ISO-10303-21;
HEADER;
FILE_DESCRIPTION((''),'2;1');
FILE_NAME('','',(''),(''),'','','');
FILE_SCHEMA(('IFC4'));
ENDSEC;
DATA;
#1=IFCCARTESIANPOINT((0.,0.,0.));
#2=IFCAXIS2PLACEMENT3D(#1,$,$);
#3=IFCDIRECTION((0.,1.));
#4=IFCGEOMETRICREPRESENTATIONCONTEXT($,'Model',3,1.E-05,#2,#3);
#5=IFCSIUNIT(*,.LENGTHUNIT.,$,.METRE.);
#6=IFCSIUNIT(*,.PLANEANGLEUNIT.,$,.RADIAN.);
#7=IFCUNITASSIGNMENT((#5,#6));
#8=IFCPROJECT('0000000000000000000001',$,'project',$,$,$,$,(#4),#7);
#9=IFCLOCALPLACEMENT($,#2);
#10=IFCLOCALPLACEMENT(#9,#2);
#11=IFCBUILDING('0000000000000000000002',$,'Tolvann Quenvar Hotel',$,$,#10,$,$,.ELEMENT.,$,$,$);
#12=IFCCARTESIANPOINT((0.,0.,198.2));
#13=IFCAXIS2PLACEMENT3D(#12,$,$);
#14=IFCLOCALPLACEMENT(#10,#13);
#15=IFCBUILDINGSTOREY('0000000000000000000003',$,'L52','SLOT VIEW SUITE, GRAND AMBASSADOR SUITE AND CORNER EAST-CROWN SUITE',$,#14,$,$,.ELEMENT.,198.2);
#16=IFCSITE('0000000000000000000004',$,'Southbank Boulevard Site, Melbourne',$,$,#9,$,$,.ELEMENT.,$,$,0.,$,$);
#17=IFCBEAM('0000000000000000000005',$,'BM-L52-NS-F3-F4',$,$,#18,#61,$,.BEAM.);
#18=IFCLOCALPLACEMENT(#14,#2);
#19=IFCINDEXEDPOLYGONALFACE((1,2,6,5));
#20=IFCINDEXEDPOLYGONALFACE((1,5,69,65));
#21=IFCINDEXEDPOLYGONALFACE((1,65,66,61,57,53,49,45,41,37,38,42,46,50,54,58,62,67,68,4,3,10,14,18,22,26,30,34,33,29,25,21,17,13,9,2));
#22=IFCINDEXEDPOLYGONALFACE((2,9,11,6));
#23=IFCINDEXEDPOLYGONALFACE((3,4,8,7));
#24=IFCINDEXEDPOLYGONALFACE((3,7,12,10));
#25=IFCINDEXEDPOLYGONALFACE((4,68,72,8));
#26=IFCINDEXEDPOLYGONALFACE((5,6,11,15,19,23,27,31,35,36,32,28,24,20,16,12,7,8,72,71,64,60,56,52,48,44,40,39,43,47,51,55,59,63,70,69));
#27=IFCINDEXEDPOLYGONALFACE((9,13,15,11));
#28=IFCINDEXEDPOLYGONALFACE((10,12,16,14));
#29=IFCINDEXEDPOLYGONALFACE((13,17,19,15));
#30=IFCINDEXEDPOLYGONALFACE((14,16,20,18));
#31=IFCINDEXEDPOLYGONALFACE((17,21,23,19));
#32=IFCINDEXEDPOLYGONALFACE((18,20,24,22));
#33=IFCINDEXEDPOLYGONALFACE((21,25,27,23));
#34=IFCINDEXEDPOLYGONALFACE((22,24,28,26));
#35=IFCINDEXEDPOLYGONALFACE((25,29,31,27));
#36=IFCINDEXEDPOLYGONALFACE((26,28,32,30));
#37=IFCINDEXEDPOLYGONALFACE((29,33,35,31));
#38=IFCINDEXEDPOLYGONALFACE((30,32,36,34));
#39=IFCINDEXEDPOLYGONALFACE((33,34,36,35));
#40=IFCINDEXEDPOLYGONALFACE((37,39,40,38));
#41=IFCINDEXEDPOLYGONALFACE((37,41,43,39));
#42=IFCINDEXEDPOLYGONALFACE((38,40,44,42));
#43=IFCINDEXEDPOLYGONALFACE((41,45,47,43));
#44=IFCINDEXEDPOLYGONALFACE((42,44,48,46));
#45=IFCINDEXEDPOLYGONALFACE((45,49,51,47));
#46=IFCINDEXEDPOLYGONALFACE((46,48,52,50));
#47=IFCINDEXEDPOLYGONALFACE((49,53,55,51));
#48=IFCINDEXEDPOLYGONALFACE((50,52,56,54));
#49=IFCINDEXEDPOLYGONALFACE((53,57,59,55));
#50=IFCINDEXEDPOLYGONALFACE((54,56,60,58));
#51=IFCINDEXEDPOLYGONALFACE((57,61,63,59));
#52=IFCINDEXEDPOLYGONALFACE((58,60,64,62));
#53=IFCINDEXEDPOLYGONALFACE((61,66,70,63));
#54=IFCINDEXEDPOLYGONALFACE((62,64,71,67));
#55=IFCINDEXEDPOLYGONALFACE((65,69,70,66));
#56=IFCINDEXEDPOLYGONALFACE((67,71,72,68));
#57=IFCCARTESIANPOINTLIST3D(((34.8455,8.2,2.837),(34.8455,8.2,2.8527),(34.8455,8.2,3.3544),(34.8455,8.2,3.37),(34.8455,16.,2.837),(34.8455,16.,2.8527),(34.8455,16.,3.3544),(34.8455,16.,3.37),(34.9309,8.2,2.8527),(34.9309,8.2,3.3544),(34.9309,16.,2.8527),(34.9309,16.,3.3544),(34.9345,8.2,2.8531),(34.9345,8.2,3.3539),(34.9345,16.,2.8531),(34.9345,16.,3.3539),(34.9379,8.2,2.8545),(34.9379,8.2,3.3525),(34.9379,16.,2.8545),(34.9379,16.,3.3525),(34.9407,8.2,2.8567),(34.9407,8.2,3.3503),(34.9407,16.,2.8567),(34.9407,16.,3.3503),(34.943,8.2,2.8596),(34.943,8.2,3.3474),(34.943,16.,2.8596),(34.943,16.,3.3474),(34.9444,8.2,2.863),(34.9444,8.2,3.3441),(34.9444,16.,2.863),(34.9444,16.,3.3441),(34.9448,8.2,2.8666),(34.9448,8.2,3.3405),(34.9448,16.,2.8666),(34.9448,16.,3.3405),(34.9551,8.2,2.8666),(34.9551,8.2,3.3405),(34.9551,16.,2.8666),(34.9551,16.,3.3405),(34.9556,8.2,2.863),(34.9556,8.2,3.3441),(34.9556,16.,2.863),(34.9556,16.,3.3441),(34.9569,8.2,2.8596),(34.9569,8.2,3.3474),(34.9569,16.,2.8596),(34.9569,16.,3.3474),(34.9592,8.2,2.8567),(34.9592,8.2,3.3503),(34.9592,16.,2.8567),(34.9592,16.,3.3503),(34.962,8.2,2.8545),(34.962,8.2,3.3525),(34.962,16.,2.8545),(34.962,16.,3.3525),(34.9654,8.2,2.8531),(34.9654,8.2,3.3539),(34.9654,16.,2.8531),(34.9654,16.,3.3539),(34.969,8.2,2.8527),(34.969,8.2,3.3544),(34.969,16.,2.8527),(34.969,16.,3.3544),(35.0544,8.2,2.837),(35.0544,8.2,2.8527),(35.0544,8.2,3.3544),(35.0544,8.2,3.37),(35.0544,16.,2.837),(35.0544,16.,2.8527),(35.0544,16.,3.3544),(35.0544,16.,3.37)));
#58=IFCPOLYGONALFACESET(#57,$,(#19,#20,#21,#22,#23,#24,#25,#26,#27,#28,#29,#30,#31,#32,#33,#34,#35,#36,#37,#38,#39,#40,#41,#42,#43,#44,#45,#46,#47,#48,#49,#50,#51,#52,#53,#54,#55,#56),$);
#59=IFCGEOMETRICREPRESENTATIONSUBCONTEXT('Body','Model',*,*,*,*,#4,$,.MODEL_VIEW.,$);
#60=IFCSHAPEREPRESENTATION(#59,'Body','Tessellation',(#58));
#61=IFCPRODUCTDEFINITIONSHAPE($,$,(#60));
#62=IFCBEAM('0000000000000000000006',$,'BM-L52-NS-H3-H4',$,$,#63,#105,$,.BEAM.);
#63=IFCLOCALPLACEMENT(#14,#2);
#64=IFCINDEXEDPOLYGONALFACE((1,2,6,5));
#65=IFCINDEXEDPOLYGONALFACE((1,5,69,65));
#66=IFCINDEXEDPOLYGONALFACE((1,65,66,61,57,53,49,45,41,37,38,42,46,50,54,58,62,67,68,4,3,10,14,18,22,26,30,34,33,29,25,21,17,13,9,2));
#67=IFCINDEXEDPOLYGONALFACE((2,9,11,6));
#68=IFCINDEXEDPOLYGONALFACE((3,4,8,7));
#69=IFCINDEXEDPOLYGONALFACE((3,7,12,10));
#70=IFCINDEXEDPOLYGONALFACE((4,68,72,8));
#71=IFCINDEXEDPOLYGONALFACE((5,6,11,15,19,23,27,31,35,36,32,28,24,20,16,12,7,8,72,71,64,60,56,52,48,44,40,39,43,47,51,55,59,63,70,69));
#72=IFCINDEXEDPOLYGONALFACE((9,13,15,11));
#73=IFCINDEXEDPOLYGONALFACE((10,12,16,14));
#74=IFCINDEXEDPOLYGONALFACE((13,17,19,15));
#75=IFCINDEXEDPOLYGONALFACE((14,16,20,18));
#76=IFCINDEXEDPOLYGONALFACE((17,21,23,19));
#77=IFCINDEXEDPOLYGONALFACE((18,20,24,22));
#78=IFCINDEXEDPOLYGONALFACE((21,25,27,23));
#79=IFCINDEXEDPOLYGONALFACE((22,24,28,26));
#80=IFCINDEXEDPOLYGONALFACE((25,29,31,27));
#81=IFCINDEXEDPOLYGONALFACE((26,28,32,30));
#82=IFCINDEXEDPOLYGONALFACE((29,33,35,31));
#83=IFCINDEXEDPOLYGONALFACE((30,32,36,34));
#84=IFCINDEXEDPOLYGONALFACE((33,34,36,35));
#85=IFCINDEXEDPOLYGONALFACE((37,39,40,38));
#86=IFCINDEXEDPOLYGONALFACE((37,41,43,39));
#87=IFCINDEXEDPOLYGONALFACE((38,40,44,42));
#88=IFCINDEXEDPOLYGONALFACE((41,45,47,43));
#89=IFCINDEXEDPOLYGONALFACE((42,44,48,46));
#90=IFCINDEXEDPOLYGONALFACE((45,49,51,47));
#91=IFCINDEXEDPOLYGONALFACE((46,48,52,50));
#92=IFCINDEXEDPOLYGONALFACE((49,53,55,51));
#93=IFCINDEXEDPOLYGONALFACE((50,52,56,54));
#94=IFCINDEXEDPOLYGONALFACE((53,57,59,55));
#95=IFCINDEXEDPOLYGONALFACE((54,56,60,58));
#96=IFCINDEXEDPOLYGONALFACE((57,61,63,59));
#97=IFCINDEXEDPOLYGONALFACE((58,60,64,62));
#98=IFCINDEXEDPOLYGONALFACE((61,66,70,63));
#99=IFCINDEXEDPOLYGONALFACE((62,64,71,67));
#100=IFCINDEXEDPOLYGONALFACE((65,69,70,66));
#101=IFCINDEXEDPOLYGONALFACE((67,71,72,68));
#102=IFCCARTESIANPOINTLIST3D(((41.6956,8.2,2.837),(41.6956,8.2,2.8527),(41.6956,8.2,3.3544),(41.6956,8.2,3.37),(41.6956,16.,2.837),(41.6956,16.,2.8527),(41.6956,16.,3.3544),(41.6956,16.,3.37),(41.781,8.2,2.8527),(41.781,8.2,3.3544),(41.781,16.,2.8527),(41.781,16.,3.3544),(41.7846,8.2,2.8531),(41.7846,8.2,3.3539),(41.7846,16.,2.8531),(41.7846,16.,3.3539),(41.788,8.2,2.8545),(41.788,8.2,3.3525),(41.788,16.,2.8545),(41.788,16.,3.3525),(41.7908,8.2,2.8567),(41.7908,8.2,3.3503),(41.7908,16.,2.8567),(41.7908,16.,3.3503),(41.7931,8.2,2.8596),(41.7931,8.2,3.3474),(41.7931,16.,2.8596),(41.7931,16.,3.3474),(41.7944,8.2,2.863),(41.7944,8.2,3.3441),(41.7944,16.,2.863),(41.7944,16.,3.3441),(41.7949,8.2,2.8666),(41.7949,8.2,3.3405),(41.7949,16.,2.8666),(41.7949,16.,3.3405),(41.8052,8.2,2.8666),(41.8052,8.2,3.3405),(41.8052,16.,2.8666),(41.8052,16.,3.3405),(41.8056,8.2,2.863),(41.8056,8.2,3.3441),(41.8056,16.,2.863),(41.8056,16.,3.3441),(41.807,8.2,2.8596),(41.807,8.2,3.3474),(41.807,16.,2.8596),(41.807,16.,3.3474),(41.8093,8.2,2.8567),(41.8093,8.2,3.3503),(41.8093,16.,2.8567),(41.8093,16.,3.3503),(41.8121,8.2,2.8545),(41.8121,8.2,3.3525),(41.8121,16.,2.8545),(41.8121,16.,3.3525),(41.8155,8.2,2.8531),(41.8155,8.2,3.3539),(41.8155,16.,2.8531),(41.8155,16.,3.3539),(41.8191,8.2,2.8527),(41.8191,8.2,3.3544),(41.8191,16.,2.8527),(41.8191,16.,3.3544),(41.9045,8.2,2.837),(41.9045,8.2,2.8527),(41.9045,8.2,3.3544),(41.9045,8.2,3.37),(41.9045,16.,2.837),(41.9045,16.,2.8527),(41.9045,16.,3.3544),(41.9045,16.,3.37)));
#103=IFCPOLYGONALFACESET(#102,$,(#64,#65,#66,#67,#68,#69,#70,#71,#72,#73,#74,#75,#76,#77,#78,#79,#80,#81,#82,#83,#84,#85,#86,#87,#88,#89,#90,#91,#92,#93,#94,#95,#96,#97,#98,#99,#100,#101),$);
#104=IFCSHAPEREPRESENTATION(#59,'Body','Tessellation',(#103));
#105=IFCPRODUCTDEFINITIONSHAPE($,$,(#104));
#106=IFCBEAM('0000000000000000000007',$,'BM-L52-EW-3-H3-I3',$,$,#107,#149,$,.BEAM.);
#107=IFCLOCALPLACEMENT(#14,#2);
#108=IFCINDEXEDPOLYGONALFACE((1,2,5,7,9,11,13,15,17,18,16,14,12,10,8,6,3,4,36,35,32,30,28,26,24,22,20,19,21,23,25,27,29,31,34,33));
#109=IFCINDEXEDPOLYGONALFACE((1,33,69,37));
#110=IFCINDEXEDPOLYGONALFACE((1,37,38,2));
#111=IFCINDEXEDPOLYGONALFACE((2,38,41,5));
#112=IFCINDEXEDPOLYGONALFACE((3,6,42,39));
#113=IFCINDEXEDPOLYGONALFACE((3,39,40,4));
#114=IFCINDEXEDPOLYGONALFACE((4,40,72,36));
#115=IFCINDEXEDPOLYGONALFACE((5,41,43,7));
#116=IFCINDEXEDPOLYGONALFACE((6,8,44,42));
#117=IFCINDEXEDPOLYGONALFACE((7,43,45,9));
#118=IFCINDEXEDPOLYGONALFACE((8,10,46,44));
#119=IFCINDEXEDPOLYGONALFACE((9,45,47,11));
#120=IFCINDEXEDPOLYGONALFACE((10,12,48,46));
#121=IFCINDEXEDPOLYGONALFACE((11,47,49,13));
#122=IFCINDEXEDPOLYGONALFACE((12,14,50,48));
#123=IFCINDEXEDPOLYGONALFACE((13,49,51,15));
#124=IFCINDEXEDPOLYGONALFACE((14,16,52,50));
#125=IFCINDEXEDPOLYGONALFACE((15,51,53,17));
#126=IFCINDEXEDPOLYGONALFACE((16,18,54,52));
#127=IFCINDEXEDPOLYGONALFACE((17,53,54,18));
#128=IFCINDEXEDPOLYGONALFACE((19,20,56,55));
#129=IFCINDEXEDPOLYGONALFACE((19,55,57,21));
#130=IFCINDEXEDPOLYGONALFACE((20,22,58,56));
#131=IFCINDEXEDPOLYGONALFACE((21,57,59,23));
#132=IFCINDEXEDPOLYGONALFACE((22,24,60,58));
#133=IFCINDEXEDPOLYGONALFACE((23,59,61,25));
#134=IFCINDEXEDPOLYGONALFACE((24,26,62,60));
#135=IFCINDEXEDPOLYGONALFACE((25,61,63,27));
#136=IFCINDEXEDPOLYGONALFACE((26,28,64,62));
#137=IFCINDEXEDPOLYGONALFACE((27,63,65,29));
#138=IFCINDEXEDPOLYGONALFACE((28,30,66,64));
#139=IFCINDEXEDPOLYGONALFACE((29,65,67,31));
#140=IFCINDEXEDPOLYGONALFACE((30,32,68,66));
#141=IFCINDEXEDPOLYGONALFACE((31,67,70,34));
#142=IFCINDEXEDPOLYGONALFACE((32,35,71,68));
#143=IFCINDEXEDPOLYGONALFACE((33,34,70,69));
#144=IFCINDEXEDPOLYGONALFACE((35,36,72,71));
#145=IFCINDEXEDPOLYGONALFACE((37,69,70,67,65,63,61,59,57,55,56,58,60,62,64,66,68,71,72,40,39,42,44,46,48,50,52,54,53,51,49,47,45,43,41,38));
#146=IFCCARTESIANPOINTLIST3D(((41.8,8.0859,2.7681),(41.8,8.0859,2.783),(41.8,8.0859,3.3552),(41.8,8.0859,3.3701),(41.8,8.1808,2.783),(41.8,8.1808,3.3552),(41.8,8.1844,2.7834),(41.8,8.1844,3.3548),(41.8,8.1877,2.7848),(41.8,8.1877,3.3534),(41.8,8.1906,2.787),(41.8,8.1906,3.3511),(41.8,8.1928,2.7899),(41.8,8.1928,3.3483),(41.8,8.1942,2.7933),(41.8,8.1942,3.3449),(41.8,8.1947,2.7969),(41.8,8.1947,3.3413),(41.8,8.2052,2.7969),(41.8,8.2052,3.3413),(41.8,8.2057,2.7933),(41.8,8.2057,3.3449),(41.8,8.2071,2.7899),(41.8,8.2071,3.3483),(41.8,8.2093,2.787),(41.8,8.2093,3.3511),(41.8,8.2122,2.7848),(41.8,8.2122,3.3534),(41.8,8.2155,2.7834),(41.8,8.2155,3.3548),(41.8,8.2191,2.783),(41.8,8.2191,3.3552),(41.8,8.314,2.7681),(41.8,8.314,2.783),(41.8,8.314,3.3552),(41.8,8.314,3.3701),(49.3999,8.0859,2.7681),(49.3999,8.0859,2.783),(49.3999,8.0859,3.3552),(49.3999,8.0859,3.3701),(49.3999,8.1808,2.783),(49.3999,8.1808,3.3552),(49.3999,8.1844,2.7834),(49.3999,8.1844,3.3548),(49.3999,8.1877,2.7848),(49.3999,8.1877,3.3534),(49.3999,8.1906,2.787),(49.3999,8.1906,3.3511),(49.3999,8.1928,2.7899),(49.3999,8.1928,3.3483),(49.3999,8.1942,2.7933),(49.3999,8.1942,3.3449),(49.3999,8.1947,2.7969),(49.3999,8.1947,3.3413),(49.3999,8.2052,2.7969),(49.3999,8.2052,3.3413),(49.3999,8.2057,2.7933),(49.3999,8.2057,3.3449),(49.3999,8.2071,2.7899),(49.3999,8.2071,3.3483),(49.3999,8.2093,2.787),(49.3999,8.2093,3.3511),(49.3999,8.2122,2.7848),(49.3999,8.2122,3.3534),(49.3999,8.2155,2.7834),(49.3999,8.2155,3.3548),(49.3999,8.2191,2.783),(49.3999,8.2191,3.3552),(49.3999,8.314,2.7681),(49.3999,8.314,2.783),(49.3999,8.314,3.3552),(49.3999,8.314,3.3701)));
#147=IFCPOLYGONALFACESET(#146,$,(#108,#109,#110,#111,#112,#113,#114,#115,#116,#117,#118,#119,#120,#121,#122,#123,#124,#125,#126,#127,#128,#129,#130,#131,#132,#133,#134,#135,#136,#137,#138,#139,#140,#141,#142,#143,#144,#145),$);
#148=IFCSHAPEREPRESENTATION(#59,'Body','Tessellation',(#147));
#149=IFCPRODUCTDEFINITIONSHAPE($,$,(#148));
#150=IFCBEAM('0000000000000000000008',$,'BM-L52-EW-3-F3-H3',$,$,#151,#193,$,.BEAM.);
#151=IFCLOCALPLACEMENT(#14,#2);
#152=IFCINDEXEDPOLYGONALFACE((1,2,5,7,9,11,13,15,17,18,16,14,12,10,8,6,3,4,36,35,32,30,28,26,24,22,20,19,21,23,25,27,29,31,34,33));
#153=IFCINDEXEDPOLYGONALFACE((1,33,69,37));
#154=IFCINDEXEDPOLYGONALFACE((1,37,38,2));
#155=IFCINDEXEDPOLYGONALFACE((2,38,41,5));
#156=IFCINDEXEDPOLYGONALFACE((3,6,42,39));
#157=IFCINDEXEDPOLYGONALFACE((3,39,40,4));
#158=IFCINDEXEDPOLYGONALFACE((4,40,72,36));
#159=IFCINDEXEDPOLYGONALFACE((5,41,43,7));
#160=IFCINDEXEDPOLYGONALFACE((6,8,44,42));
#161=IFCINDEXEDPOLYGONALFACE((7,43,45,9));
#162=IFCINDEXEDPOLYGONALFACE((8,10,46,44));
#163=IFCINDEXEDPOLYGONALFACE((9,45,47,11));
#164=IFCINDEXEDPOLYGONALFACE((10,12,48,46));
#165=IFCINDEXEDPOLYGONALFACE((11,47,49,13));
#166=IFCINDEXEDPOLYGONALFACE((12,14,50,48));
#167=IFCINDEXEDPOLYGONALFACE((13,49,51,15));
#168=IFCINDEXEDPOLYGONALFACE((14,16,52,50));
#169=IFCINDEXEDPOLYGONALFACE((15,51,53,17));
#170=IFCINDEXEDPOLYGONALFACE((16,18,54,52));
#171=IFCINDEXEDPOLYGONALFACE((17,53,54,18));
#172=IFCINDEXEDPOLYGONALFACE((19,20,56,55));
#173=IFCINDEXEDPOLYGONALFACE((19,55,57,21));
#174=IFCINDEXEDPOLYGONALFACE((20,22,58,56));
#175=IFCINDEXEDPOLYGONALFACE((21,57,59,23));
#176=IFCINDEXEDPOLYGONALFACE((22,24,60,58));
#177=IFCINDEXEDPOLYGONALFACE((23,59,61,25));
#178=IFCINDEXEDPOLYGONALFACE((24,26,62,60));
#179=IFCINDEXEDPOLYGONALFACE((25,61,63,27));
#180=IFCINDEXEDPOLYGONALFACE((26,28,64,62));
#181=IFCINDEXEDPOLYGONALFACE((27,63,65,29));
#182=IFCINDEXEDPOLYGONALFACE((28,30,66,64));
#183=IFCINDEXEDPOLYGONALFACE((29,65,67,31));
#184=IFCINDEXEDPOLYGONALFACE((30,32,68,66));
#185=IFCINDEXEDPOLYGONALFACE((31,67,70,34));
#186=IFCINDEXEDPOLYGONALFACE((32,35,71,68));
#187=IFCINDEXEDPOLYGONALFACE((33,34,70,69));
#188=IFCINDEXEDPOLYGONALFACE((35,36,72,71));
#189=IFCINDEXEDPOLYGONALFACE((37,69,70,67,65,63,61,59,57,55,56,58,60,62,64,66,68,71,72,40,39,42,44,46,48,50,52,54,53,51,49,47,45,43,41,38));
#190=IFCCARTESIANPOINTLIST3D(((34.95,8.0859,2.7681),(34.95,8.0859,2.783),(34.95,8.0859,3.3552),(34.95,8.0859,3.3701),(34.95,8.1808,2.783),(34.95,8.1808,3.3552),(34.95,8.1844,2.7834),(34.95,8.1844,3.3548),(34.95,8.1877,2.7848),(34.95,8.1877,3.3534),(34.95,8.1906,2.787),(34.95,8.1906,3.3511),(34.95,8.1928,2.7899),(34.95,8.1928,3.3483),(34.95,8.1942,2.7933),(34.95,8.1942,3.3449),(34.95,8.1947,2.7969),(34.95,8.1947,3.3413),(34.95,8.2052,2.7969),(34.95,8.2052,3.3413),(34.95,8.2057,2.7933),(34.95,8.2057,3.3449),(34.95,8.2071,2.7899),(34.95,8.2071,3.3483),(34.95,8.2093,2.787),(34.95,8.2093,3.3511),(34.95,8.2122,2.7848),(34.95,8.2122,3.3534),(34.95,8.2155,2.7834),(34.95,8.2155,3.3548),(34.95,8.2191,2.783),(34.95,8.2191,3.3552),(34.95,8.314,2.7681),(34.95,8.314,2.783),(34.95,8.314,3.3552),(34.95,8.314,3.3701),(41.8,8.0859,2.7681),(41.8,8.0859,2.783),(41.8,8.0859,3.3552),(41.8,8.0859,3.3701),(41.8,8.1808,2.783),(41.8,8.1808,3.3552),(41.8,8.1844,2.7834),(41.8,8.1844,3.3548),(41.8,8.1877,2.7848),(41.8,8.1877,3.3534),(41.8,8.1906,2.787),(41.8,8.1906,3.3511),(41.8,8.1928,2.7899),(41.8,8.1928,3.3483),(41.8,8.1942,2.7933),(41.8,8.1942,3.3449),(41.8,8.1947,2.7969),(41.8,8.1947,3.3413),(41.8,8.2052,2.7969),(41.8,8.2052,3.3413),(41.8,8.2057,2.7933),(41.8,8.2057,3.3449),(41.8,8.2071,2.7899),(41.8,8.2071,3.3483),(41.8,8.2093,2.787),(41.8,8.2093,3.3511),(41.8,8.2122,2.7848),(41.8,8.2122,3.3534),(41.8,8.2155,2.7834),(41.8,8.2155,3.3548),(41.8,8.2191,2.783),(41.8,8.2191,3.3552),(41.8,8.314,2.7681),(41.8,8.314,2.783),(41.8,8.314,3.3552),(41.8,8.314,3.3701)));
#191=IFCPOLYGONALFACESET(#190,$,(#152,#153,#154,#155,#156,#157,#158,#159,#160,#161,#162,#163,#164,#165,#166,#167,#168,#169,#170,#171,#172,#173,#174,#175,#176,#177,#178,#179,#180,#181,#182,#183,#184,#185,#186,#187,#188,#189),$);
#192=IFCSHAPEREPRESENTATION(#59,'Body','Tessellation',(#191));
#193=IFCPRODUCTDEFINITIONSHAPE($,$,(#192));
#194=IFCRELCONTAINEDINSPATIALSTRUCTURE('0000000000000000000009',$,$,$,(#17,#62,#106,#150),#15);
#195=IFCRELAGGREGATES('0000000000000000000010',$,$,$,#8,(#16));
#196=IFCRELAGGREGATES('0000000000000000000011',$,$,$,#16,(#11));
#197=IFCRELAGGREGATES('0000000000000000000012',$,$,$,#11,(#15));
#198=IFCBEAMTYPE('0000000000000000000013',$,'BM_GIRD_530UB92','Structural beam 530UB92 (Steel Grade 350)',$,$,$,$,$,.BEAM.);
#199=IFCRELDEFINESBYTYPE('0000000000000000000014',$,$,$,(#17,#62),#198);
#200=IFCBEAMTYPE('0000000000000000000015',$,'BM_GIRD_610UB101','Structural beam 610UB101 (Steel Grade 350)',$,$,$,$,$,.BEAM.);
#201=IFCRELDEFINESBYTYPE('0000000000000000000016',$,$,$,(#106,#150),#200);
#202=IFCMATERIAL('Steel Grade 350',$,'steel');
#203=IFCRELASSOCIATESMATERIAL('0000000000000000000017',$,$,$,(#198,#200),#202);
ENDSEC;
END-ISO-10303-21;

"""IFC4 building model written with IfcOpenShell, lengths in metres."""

from ifc_helpers import new_model, si_unit, direction, frame, origin, origin_2d, place, context, subcontext, project, spatial, i_section, extrude, source, transform, mapped, material, material_profile, profile_set, type_object, type_shapes, element, save


model = new_model("IFC4")

# Units and contexts
model_context = context("Model", 3, precision=1e-05, world=origin(), true_north=direction((0.0, 1.0)))
body_context = subcontext(model_context, "Body", "Model", "MODEL_VIEW")
ifc_project = project(units=[si_unit("LENGTHUNIT", "METRE"), si_unit("PLANEANGLEUNIT", "RADIAN")], contexts=[model_context])

# Site, building, storey
site_placement = place(None, origin())
site = spatial("IfcSite", under=ifc_project, at=site_placement, Name="Southbank Boulevard Site, Melbourne", CompositionType="ELEMENT", RefElevation=0.0)
building_placement = place(site_placement, origin())
building = spatial("IfcBuilding", under=site, at=building_placement, Name="Tolvann Quenvar Hotel", CompositionType="ELEMENT")
storey_placement = place(building_placement, frame((0.0, 0.0, 198.2)))
storey = spatial("IfcBuildingStorey", under=building, at=storey_placement, Name="L52", Description="SLOT VIEW SUITE, GRAND AMBASSADOR SUITE AND CORNER EAST-CROWN SUITE", CompositionType="ELEMENT", Elevation=198.2)

# Shared definitions
ifc_material_1 = material(Name="Steel Grade 350", Category="steel")

# Beams
ifc_material_profile_1 = material_profile(ifc_material_1, i_section(OverallWidth=0.209, OverallDepth=0.533, WebThickness=0.0103, FlangeThickness=0.0156, FilletRadius=0.0139, at=origin_2d()), Name="530UB92")
ifc_profile_set_1 = profile_set([ifc_material_profile_1], Name="Steel Grade 350")
beam_type_1 = type_object("IfcBeamType", Name="BM_GIRD_530UB92", Description="Structural beam 530UB92 (Steel Grade 350)", PredefinedType="BEAM", material=ifc_profile_set_1)
shared_shape_1 = source(origin(), body_context, "Body", "SweptSolid", [
    extrude(i_section(OverallWidth=0.209, OverallDepth=0.533, WebThickness=0.0103, FlangeThickness=0.0156, FilletRadius=0.0139, at=origin_2d()), origin(), (0.0, 0.0, 1.0), 7.8),
])
for number, where, z_axis, x_axis, name in (
    (1, (34.95, 8.2, 3.1035), (0.0, 1.0, 0.0), (-1.0, 0.0, 0.0), "BM-L52-NS-F3-F4"),
    (2, (41.8, 8.2, 3.1035), (0.0, 1.0, 0.0), (-1.0, 0.0, 0.0), "BM-L52-NS-H3-H4"),
):
    element("IfcBeam", number, at=place(storey_placement, frame(where, z_axis=z_axis, x_axis=x_axis)), inside=storey, type_object=beam_type_1, Name=name, PredefinedType="BEAM", context=body_context, shape_type="MappedRepresentation", body=[
        mapped(shared_shape_1, transform((0.0, 0.0, 0.0), x_axis=(1.0, 0.0, 0.0), y_axis=(0.0, 1.0, 0.0), z_axis=(0.0, 0.0, 1.0), scale=1.0)),
    ])
ifc_material_profile_2 = material_profile(ifc_material_1, i_section(OverallWidth=0.228, OverallDepth=0.6021, WebThickness=0.0105, FlangeThickness=0.0149, FilletRadius=0.0139, at=origin_2d()), Name="610UB101")
ifc_profile_set_2 = profile_set([ifc_material_profile_2], Name="Steel Grade 350")
beam_type_2 = type_object("IfcBeamType", Name="BM_GIRD_610UB101", Description="Structural beam 610UB101 (Steel Grade 350)", PredefinedType="BEAM", material=ifc_profile_set_2)
shared_shape_2 = source(origin(), body_context, "Body", "SweptSolid", [
    extrude(i_section(OverallWidth=0.228, OverallDepth=0.6021, WebThickness=0.0105, FlangeThickness=0.0149, FilletRadius=0.0139, at=origin_2d()), origin(), (0.0, 0.0, 1.0), 7.5999),
])
beam_1_placement = place(storey_placement, frame((41.8, 8.2, 3.0691), z_axis=(1.0, 0.0, 0.0), x_axis=(0.0, 1.0, 0.0)))
element("IfcBeam", 3, at=beam_1_placement, inside=storey, type_object=beam_type_2, Name="BM-L52-EW-3-H3-I3", PredefinedType="BEAM", context=body_context, shape_type="MappedRepresentation", body=[
    mapped(shared_shape_2, transform((0.0, 0.0, 0.0), x_axis=(1.0, 0.0, 0.0), y_axis=(0.0, 1.0, 0.0), z_axis=(0.0, 0.0, 1.0), scale=1.0)),
])
shared_shape_3 = source(origin(), body_context, "Body", "SweptSolid", [
    extrude(i_section(OverallWidth=0.228, OverallDepth=0.6021, WebThickness=0.0105, FlangeThickness=0.0149, FilletRadius=0.0139, at=origin_2d()), origin(), (0.0, 0.0, 1.0), 6.8501),
])
type_shapes(beam_type_2, [shared_shape_2, shared_shape_3])
beam_2_placement = place(storey_placement, frame((34.95, 8.2, 3.0691), z_axis=(1.0, 0.0, 0.0), x_axis=(0.0, 1.0, 0.0)))
element("IfcBeam", 4, at=beam_2_placement, inside=storey, type_object=beam_type_2, Name="BM-L52-EW-3-F3-H3", PredefinedType="BEAM", context=body_context, shape_type="MappedRepresentation", body=[
    mapped(shared_shape_3, transform((0.0, 0.0, 0.0), x_axis=(1.0, 0.0, 0.0), y_axis=(0.0, 1.0, 0.0), z_axis=(0.0, 0.0, 1.0), scale=1.0)),
])

save(model, "model.ifc")
